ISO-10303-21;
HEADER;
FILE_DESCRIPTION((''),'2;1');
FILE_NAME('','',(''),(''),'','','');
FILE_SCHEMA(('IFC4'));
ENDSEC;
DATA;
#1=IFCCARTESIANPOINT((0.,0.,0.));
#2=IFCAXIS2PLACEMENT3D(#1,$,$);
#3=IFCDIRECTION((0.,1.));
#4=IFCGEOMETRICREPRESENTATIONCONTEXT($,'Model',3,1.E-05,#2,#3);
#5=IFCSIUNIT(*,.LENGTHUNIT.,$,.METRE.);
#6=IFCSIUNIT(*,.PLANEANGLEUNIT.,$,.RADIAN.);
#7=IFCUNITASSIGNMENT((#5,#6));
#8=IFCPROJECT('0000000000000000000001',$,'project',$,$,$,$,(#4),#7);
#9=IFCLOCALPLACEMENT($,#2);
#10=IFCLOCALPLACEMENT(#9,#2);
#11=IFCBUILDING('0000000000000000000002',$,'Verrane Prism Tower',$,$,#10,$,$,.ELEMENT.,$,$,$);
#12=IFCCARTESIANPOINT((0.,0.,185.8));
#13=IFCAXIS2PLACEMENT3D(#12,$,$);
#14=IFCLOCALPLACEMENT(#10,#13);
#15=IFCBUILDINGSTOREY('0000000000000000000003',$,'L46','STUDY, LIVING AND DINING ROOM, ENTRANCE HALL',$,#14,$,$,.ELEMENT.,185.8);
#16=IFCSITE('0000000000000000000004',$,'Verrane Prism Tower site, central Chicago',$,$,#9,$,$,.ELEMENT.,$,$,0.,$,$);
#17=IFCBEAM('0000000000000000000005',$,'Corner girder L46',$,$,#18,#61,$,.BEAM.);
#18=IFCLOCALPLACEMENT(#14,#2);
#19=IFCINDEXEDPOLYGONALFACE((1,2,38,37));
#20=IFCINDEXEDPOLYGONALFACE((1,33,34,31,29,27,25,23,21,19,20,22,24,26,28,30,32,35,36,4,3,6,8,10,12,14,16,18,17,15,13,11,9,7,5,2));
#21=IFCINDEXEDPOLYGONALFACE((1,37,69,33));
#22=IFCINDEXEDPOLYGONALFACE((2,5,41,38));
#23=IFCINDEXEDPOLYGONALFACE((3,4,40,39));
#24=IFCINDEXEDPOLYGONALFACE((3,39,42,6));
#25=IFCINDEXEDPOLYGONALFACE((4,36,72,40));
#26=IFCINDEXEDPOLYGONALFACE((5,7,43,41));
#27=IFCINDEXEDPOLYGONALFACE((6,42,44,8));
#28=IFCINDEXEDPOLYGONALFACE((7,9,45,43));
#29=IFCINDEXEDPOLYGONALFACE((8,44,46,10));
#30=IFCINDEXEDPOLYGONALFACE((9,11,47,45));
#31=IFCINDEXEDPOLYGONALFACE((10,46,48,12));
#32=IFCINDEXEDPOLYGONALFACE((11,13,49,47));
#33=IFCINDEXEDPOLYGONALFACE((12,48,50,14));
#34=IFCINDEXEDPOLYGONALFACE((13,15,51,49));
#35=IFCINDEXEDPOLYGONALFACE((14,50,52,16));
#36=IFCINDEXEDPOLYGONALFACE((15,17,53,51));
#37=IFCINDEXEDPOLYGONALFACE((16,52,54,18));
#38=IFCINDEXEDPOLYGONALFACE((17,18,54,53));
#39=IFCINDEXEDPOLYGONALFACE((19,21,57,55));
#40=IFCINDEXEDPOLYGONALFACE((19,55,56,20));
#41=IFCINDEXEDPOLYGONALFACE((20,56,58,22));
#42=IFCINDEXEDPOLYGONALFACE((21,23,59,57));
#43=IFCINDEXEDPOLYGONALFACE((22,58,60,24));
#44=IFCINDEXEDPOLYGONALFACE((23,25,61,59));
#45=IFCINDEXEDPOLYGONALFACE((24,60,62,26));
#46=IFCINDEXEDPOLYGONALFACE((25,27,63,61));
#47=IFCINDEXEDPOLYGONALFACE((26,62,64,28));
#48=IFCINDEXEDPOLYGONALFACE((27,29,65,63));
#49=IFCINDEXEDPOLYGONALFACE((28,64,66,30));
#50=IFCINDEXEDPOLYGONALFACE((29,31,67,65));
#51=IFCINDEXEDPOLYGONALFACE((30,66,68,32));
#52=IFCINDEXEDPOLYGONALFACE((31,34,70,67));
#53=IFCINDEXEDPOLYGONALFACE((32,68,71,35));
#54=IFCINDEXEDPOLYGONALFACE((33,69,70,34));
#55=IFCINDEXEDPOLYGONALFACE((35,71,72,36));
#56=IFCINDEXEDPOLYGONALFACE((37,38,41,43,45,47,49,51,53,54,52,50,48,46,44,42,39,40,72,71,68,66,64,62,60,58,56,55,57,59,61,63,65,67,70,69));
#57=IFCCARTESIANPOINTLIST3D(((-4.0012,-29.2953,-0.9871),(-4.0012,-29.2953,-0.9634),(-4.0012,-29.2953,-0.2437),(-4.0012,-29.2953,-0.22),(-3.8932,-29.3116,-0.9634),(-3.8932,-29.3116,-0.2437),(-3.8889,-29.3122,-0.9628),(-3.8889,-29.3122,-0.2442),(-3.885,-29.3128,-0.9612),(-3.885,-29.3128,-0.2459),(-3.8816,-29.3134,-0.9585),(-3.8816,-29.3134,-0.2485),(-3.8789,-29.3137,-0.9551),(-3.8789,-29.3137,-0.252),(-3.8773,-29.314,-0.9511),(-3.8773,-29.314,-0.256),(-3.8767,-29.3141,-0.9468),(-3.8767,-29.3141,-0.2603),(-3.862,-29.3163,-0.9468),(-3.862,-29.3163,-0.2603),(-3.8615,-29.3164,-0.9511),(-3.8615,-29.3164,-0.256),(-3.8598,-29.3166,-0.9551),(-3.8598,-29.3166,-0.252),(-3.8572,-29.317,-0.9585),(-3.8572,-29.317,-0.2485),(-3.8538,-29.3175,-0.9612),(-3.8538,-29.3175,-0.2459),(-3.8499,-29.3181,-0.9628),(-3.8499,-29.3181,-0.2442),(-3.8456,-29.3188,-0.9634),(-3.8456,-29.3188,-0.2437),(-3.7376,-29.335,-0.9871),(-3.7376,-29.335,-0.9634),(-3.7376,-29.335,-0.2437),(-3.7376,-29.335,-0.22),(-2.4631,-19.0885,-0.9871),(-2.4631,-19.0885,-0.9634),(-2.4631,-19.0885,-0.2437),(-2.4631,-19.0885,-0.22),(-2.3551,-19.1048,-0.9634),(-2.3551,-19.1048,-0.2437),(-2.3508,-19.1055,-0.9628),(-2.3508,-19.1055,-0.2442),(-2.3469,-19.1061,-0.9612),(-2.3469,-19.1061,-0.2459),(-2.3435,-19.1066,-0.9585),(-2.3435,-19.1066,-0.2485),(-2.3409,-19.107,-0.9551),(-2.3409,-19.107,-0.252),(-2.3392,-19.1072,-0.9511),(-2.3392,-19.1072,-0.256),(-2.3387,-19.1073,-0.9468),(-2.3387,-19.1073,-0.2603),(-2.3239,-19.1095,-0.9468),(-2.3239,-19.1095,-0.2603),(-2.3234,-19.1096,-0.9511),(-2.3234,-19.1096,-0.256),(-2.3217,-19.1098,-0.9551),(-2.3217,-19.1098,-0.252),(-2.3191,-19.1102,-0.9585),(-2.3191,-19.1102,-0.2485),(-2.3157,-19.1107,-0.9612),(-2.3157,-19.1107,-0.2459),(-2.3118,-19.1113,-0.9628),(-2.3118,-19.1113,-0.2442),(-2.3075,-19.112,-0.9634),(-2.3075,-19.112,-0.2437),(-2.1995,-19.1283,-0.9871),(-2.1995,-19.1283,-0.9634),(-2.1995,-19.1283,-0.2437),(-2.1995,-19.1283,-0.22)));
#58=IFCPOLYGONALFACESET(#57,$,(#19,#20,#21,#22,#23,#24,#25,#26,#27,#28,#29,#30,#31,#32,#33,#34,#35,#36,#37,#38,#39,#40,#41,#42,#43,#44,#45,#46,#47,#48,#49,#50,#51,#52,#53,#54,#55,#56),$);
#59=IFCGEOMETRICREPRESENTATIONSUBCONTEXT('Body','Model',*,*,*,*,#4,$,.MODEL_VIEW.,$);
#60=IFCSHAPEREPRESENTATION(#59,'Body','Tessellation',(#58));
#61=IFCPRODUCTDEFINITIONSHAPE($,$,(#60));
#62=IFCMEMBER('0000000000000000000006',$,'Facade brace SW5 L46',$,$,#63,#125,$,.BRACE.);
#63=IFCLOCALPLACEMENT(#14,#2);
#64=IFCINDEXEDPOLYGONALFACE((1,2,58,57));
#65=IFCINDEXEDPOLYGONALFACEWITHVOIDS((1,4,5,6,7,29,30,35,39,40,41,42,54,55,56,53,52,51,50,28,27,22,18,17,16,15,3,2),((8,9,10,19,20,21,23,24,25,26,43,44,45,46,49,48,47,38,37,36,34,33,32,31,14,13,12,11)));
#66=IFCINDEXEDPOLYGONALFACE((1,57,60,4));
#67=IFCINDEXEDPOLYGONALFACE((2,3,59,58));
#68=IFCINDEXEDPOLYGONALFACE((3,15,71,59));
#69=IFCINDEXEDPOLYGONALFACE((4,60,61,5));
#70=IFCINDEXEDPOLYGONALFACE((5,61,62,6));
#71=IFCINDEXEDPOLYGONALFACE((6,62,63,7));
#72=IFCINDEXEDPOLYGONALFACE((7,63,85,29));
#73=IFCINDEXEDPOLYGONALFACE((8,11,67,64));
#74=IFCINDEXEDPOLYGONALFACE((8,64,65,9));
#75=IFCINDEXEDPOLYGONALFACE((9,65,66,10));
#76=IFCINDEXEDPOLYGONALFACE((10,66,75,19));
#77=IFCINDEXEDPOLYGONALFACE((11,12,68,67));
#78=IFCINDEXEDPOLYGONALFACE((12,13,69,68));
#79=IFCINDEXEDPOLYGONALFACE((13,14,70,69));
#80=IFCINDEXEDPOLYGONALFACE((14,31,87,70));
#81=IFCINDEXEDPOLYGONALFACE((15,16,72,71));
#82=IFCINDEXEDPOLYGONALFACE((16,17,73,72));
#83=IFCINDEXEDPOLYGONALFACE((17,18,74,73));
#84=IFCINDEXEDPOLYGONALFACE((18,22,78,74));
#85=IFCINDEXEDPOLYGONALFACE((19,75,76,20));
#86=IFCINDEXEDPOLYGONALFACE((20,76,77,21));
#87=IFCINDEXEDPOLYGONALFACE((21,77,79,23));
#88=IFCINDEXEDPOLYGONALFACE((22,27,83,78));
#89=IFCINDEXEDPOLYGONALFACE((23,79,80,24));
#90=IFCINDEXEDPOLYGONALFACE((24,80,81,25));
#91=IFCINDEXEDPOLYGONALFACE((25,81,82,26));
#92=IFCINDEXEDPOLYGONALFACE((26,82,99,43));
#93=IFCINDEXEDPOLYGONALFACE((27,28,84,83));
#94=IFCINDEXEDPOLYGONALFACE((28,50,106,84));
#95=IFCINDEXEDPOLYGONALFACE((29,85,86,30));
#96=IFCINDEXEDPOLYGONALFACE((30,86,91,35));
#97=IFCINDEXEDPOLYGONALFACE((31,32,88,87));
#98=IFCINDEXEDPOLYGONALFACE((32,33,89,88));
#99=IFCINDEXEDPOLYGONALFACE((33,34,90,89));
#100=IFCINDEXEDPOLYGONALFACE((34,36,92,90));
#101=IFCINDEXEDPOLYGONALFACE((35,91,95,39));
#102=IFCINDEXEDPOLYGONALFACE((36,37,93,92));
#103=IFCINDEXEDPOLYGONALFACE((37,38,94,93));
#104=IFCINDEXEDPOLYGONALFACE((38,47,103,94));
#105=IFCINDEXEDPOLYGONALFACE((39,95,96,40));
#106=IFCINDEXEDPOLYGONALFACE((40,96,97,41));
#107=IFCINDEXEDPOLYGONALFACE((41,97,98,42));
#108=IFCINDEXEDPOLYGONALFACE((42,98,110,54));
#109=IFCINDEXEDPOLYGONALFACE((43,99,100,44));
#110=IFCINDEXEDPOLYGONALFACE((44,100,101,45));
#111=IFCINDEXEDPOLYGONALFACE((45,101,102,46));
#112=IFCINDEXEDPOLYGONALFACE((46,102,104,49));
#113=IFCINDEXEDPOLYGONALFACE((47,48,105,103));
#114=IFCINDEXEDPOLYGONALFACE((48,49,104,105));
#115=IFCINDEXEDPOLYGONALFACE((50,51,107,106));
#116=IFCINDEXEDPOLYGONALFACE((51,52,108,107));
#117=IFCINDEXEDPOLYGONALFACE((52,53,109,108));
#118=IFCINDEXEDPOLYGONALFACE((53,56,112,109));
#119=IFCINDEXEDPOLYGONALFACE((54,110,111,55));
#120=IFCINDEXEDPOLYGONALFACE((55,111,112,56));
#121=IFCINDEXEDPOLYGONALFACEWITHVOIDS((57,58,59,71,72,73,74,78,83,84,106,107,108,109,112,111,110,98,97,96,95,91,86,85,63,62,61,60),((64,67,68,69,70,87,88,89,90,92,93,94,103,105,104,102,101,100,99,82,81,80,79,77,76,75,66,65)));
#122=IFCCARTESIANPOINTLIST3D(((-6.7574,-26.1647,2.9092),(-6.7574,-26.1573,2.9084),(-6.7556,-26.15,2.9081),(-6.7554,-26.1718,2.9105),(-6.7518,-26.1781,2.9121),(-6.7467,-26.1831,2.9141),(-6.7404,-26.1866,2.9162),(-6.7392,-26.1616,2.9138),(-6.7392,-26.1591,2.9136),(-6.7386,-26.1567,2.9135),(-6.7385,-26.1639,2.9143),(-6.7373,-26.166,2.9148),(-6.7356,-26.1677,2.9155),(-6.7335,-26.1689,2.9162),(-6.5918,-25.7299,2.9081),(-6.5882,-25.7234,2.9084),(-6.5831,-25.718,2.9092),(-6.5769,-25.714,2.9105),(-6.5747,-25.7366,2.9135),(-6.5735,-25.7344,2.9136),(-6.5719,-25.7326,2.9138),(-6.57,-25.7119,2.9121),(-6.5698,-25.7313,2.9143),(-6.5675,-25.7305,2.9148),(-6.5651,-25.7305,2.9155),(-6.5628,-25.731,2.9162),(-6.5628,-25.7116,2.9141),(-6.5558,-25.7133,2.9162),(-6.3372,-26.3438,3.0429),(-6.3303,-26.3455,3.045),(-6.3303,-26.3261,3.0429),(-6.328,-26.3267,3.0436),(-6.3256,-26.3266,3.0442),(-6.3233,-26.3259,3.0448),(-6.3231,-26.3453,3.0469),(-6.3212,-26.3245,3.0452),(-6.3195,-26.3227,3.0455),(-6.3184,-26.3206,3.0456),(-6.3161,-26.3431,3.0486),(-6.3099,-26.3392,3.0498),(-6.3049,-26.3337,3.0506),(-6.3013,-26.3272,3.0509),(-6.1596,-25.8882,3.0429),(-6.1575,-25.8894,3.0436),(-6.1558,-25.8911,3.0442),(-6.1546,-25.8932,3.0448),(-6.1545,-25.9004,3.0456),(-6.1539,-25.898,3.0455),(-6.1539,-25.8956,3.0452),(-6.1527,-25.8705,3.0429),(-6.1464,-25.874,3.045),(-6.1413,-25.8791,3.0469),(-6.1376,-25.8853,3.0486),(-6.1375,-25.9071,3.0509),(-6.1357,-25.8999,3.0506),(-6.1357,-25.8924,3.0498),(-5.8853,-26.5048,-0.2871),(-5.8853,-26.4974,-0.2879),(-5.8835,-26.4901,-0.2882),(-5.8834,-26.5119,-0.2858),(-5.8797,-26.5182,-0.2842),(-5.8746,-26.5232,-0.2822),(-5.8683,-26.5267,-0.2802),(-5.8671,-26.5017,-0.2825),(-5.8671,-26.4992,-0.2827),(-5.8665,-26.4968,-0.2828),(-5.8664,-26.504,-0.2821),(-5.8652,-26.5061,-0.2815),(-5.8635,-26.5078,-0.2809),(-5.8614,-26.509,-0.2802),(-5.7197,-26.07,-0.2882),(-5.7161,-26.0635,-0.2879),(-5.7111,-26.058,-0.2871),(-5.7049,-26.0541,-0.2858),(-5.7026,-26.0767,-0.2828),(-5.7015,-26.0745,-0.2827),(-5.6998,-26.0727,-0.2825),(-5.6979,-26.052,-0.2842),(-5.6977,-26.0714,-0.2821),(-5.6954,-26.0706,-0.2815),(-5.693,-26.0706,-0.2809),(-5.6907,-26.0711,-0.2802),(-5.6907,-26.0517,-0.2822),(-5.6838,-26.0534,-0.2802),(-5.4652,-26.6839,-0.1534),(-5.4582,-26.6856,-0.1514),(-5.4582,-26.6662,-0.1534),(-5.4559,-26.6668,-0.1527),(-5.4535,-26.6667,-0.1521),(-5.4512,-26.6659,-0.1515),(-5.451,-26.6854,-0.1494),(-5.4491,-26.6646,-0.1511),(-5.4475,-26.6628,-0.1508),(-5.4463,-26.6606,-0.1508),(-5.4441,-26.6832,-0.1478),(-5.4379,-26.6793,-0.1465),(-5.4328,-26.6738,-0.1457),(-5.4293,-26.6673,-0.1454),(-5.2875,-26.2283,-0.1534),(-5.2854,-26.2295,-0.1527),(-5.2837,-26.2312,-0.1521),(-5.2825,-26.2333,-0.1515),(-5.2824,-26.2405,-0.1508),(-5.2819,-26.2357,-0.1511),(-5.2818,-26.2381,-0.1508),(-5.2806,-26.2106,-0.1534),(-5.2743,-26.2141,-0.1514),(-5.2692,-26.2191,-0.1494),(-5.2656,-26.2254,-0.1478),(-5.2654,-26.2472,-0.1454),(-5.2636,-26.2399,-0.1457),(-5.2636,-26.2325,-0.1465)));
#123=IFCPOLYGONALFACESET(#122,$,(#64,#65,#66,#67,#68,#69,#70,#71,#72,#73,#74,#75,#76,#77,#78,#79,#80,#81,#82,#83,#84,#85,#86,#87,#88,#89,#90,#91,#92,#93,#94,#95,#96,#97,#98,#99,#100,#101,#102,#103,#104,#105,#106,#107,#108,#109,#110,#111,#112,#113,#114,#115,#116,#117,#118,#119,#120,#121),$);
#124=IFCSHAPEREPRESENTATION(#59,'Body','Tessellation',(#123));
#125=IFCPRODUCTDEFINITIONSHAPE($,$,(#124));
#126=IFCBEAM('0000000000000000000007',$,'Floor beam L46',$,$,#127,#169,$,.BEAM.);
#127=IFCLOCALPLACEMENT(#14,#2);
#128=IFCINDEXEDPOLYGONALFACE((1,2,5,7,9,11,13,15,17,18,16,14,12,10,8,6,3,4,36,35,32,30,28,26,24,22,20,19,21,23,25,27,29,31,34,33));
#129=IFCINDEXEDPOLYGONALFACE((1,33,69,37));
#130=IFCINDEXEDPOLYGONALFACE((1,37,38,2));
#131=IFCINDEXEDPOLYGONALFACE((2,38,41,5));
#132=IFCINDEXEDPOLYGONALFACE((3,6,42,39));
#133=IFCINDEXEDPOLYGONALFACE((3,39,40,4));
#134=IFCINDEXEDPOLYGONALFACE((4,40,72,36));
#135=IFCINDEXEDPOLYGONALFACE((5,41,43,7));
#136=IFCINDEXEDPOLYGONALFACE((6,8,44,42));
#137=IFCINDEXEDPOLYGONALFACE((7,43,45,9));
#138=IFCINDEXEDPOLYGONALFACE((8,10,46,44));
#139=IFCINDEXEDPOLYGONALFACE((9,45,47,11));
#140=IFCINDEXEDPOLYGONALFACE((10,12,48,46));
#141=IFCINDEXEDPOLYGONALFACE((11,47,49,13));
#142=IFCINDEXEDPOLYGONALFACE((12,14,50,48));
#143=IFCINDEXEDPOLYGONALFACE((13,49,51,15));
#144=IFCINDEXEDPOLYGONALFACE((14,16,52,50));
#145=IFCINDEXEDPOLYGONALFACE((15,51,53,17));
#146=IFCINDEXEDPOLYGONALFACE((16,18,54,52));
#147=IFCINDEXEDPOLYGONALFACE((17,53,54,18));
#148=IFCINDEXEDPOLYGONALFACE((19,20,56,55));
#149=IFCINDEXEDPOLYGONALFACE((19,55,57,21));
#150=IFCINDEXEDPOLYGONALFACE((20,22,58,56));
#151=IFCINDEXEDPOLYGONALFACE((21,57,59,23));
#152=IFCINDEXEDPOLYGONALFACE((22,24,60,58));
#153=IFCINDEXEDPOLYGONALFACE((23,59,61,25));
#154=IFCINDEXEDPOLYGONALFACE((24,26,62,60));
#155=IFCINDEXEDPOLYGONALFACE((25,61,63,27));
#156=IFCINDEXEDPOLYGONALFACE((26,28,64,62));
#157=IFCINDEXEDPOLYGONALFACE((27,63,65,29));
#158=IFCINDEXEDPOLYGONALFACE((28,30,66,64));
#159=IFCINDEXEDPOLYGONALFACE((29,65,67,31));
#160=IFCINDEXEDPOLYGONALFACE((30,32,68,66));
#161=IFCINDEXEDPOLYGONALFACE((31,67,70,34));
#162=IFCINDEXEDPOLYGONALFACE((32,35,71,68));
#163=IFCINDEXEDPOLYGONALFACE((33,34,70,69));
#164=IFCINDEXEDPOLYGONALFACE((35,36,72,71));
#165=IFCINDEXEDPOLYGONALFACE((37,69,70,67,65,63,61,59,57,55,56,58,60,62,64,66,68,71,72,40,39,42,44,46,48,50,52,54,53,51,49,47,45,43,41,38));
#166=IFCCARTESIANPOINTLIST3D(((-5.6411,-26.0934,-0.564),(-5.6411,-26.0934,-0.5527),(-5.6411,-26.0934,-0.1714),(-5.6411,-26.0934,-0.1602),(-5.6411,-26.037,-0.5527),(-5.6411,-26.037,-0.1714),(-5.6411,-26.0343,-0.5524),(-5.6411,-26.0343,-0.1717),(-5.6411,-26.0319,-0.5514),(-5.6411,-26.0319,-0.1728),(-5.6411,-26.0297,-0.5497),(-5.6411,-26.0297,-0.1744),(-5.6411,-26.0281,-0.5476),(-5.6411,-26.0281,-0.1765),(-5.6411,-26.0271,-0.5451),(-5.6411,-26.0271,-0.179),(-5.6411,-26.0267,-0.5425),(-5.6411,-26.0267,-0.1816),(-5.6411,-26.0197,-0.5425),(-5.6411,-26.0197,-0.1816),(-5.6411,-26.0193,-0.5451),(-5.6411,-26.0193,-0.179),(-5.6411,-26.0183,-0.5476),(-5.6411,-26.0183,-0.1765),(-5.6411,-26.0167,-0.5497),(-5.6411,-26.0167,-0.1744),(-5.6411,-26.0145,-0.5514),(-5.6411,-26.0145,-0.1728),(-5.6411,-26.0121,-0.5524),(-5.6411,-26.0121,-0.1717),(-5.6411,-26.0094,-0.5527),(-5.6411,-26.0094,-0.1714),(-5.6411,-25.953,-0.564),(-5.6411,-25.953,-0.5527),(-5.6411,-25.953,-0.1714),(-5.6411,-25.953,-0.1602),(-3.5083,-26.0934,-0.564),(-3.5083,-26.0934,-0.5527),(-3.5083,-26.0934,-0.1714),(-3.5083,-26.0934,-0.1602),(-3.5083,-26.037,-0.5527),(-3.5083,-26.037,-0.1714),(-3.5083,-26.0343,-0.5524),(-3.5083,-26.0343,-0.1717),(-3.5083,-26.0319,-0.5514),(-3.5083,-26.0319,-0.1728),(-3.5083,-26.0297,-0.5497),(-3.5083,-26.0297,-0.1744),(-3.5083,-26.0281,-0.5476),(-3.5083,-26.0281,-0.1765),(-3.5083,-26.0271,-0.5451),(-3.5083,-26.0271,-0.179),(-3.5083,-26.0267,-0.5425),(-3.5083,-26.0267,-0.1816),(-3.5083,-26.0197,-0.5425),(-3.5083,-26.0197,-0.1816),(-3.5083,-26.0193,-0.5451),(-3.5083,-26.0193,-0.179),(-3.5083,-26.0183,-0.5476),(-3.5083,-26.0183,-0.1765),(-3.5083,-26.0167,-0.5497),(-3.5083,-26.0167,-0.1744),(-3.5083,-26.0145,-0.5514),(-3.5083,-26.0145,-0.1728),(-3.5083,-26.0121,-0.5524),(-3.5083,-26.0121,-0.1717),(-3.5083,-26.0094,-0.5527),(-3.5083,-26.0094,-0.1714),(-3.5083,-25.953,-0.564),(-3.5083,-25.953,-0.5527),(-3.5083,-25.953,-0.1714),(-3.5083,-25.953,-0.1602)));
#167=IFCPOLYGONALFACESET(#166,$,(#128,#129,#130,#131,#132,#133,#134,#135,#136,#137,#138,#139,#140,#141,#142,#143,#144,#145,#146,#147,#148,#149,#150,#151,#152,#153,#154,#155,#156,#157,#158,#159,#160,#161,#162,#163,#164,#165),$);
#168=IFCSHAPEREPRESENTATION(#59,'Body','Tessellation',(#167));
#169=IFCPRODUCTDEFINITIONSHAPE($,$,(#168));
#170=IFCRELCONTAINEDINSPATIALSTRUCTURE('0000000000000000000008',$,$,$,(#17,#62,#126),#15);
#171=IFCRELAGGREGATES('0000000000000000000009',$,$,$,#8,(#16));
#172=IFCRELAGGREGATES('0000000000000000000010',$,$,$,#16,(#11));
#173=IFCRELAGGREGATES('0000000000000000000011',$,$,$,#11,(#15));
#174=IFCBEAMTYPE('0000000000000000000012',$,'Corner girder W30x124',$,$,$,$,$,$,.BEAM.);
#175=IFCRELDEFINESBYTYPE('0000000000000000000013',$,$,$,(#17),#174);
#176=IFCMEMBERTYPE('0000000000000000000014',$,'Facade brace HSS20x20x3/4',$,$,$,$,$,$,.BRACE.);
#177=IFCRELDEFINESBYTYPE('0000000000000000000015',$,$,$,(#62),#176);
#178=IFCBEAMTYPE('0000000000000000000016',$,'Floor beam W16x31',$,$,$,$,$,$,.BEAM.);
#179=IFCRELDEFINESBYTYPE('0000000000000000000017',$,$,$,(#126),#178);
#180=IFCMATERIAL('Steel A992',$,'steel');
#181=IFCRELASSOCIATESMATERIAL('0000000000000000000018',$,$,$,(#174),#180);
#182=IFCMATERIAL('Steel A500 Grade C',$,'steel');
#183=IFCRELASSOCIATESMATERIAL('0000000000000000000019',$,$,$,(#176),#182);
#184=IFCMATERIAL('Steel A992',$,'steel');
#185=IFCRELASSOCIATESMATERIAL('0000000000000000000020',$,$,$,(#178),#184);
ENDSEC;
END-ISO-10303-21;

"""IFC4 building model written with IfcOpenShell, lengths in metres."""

from ifc_helpers import new_model, si_unit, direction, frame, origin, origin_2d, place, context, subcontext, project, spatial, hollow_rectangle, i_section, extrude, material, material_profile, profile_set, type_object, element, save


model = new_model("IFC4")

# Units and contexts
model_context = context("Model", 3, precision=1e-05, world=origin(), true_north=direction((0.0, 1.0)))
body_context = subcontext(model_context, "Body", "Model", "MODEL_VIEW")
ifc_project = project(units=[si_unit("LENGTHUNIT", "METRE"), si_unit("PLANEANGLEUNIT", "RADIAN")], contexts=[model_context])

# Site, building, storey
site_placement = place(None, origin())
site = spatial("IfcSite", under=ifc_project, at=site_placement, Name="Verrane Prism Tower site, central Chicago", CompositionType="ELEMENT", RefElevation=0.0)
building_placement = place(site_placement, origin())
building = spatial("IfcBuilding", under=site, at=building_placement, Name="Verrane Prism Tower", CompositionType="ELEMENT")
storey_placement = place(building_placement, frame((0.0, 0.0, 185.8)))
storey = spatial("IfcBuildingStorey", under=building, at=storey_placement, Name="L46", Description="STUDY, LIVING AND DINING ROOM, ENTRANCE HALL", CompositionType="ELEMENT", Elevation=185.8)

# Beam
ifc_material_1 = material(Name="Steel A992", Category="steel")
ifc_material_profile_1 = material_profile(ifc_material_1, i_section(OverallWidth=0.2666, OverallDepth=0.7671, WebThickness=0.0149, FlangeThickness=0.0237, FilletRadius=0.0166, at=origin_2d()), Name="W30x124")
ifc_profile_set_1 = profile_set([ifc_material_profile_1], Name="Steel A992")
beam_type_1 = type_object("IfcBeamType", Name="Corner girder W30x124", PredefinedType="BEAM", material=ifc_profile_set_1)
beam_1_placement = place(storey_placement, frame((-3.8694, -29.3152, -0.6035), z_axis=(0.14901, 0.988836, 0.0), x_axis=(-0.988836, 0.14901, 0.0)))
element("IfcBeam", 1, at=beam_1_placement, inside=storey, type_object=beam_type_1, Name="Corner girder L46", PredefinedType="BEAM", context=body_context, shape_type="SweptSolid", body=[
    extrude(i_section(OverallWidth=0.2666, OverallDepth=0.7671, WebThickness=0.0149, FlangeThickness=0.0237, FilletRadius=0.0166, at=origin_2d()), origin(), (0.0, 0.0, 1.0), 10.322),
])

# Member
ifc_material_2 = material(Name="Steel A500 Grade C", Category="steel")
ifc_material_profile_2 = material_profile(ifc_material_2, hollow_rectangle(XDim=0.5081, YDim=0.5081, WallThickness=0.019, InnerFilletRadius=0.0095, OuterFilletRadius=0.0286, at=origin_2d()), Name="HSS20x20x3/4")
ifc_profile_set_2 = profile_set([ifc_material_profile_2], Name="Steel A500 Grade C")
member_type_1 = type_object("IfcMemberType", Name="Facade brace HSS20x20x3/4", PredefinedType="BRACE", material=ifc_profile_set_2)
member_1_placement = place(storey_placement, frame((-5.5745, -26.3687, -0.2168), z_axis=(-0.261841, 0.102112, 0.959694), x_axis=(-0.363327, -0.931662, 0.0)))
element("IfcMember", 2, at=member_1_placement, inside=storey, type_object=member_type_1, Name="Facade brace SW5 L46", PredefinedType="BRACE", context=body_context, shape_type="SweptSolid", body=[
    extrude(hollow_rectangle(XDim=0.5081, YDim=0.5081, WallThickness=0.019, InnerFilletRadius=0.0095, OuterFilletRadius=0.0286, at=origin_2d()), origin(), (0.0, 0.0, 1.0), 3.3306),
])

# Beam
ifc_material_3 = material(Name="Steel A992", Category="steel")
ifc_material_profile_3 = material_profile(ifc_material_3, i_section(OverallWidth=0.1404, OverallDepth=0.4038, WebThickness=0.0071, FlangeThickness=0.0112, FilletRadius=0.0103, at=origin_2d()), Name="W16x31")
ifc_profile_set_3 = profile_set([ifc_material_profile_3], Name="Steel A992")
beam_type_2 = type_object("IfcBeamType", Name="Floor beam W16x31", PredefinedType="BEAM", material=ifc_profile_set_3)
beam_2_placement = place(storey_placement, frame((-5.6411, -26.0232, -0.3621), z_axis=(1.0, 0.0, 0.0), x_axis=(0.0, 1.0, 0.0)))
element("IfcBeam", 3, at=beam_2_placement, inside=storey, type_object=beam_type_2, Name="Floor beam L46", PredefinedType="BEAM", context=body_context, shape_type="SweptSolid", body=[
    extrude(i_section(OverallWidth=0.1404, OverallDepth=0.4038, WebThickness=0.0071, FlangeThickness=0.0112, FilletRadius=0.0103, at=origin_2d()), origin(), (0.0, 0.0, 1.0), 2.1328),
])

save(model, "model.ifc")
